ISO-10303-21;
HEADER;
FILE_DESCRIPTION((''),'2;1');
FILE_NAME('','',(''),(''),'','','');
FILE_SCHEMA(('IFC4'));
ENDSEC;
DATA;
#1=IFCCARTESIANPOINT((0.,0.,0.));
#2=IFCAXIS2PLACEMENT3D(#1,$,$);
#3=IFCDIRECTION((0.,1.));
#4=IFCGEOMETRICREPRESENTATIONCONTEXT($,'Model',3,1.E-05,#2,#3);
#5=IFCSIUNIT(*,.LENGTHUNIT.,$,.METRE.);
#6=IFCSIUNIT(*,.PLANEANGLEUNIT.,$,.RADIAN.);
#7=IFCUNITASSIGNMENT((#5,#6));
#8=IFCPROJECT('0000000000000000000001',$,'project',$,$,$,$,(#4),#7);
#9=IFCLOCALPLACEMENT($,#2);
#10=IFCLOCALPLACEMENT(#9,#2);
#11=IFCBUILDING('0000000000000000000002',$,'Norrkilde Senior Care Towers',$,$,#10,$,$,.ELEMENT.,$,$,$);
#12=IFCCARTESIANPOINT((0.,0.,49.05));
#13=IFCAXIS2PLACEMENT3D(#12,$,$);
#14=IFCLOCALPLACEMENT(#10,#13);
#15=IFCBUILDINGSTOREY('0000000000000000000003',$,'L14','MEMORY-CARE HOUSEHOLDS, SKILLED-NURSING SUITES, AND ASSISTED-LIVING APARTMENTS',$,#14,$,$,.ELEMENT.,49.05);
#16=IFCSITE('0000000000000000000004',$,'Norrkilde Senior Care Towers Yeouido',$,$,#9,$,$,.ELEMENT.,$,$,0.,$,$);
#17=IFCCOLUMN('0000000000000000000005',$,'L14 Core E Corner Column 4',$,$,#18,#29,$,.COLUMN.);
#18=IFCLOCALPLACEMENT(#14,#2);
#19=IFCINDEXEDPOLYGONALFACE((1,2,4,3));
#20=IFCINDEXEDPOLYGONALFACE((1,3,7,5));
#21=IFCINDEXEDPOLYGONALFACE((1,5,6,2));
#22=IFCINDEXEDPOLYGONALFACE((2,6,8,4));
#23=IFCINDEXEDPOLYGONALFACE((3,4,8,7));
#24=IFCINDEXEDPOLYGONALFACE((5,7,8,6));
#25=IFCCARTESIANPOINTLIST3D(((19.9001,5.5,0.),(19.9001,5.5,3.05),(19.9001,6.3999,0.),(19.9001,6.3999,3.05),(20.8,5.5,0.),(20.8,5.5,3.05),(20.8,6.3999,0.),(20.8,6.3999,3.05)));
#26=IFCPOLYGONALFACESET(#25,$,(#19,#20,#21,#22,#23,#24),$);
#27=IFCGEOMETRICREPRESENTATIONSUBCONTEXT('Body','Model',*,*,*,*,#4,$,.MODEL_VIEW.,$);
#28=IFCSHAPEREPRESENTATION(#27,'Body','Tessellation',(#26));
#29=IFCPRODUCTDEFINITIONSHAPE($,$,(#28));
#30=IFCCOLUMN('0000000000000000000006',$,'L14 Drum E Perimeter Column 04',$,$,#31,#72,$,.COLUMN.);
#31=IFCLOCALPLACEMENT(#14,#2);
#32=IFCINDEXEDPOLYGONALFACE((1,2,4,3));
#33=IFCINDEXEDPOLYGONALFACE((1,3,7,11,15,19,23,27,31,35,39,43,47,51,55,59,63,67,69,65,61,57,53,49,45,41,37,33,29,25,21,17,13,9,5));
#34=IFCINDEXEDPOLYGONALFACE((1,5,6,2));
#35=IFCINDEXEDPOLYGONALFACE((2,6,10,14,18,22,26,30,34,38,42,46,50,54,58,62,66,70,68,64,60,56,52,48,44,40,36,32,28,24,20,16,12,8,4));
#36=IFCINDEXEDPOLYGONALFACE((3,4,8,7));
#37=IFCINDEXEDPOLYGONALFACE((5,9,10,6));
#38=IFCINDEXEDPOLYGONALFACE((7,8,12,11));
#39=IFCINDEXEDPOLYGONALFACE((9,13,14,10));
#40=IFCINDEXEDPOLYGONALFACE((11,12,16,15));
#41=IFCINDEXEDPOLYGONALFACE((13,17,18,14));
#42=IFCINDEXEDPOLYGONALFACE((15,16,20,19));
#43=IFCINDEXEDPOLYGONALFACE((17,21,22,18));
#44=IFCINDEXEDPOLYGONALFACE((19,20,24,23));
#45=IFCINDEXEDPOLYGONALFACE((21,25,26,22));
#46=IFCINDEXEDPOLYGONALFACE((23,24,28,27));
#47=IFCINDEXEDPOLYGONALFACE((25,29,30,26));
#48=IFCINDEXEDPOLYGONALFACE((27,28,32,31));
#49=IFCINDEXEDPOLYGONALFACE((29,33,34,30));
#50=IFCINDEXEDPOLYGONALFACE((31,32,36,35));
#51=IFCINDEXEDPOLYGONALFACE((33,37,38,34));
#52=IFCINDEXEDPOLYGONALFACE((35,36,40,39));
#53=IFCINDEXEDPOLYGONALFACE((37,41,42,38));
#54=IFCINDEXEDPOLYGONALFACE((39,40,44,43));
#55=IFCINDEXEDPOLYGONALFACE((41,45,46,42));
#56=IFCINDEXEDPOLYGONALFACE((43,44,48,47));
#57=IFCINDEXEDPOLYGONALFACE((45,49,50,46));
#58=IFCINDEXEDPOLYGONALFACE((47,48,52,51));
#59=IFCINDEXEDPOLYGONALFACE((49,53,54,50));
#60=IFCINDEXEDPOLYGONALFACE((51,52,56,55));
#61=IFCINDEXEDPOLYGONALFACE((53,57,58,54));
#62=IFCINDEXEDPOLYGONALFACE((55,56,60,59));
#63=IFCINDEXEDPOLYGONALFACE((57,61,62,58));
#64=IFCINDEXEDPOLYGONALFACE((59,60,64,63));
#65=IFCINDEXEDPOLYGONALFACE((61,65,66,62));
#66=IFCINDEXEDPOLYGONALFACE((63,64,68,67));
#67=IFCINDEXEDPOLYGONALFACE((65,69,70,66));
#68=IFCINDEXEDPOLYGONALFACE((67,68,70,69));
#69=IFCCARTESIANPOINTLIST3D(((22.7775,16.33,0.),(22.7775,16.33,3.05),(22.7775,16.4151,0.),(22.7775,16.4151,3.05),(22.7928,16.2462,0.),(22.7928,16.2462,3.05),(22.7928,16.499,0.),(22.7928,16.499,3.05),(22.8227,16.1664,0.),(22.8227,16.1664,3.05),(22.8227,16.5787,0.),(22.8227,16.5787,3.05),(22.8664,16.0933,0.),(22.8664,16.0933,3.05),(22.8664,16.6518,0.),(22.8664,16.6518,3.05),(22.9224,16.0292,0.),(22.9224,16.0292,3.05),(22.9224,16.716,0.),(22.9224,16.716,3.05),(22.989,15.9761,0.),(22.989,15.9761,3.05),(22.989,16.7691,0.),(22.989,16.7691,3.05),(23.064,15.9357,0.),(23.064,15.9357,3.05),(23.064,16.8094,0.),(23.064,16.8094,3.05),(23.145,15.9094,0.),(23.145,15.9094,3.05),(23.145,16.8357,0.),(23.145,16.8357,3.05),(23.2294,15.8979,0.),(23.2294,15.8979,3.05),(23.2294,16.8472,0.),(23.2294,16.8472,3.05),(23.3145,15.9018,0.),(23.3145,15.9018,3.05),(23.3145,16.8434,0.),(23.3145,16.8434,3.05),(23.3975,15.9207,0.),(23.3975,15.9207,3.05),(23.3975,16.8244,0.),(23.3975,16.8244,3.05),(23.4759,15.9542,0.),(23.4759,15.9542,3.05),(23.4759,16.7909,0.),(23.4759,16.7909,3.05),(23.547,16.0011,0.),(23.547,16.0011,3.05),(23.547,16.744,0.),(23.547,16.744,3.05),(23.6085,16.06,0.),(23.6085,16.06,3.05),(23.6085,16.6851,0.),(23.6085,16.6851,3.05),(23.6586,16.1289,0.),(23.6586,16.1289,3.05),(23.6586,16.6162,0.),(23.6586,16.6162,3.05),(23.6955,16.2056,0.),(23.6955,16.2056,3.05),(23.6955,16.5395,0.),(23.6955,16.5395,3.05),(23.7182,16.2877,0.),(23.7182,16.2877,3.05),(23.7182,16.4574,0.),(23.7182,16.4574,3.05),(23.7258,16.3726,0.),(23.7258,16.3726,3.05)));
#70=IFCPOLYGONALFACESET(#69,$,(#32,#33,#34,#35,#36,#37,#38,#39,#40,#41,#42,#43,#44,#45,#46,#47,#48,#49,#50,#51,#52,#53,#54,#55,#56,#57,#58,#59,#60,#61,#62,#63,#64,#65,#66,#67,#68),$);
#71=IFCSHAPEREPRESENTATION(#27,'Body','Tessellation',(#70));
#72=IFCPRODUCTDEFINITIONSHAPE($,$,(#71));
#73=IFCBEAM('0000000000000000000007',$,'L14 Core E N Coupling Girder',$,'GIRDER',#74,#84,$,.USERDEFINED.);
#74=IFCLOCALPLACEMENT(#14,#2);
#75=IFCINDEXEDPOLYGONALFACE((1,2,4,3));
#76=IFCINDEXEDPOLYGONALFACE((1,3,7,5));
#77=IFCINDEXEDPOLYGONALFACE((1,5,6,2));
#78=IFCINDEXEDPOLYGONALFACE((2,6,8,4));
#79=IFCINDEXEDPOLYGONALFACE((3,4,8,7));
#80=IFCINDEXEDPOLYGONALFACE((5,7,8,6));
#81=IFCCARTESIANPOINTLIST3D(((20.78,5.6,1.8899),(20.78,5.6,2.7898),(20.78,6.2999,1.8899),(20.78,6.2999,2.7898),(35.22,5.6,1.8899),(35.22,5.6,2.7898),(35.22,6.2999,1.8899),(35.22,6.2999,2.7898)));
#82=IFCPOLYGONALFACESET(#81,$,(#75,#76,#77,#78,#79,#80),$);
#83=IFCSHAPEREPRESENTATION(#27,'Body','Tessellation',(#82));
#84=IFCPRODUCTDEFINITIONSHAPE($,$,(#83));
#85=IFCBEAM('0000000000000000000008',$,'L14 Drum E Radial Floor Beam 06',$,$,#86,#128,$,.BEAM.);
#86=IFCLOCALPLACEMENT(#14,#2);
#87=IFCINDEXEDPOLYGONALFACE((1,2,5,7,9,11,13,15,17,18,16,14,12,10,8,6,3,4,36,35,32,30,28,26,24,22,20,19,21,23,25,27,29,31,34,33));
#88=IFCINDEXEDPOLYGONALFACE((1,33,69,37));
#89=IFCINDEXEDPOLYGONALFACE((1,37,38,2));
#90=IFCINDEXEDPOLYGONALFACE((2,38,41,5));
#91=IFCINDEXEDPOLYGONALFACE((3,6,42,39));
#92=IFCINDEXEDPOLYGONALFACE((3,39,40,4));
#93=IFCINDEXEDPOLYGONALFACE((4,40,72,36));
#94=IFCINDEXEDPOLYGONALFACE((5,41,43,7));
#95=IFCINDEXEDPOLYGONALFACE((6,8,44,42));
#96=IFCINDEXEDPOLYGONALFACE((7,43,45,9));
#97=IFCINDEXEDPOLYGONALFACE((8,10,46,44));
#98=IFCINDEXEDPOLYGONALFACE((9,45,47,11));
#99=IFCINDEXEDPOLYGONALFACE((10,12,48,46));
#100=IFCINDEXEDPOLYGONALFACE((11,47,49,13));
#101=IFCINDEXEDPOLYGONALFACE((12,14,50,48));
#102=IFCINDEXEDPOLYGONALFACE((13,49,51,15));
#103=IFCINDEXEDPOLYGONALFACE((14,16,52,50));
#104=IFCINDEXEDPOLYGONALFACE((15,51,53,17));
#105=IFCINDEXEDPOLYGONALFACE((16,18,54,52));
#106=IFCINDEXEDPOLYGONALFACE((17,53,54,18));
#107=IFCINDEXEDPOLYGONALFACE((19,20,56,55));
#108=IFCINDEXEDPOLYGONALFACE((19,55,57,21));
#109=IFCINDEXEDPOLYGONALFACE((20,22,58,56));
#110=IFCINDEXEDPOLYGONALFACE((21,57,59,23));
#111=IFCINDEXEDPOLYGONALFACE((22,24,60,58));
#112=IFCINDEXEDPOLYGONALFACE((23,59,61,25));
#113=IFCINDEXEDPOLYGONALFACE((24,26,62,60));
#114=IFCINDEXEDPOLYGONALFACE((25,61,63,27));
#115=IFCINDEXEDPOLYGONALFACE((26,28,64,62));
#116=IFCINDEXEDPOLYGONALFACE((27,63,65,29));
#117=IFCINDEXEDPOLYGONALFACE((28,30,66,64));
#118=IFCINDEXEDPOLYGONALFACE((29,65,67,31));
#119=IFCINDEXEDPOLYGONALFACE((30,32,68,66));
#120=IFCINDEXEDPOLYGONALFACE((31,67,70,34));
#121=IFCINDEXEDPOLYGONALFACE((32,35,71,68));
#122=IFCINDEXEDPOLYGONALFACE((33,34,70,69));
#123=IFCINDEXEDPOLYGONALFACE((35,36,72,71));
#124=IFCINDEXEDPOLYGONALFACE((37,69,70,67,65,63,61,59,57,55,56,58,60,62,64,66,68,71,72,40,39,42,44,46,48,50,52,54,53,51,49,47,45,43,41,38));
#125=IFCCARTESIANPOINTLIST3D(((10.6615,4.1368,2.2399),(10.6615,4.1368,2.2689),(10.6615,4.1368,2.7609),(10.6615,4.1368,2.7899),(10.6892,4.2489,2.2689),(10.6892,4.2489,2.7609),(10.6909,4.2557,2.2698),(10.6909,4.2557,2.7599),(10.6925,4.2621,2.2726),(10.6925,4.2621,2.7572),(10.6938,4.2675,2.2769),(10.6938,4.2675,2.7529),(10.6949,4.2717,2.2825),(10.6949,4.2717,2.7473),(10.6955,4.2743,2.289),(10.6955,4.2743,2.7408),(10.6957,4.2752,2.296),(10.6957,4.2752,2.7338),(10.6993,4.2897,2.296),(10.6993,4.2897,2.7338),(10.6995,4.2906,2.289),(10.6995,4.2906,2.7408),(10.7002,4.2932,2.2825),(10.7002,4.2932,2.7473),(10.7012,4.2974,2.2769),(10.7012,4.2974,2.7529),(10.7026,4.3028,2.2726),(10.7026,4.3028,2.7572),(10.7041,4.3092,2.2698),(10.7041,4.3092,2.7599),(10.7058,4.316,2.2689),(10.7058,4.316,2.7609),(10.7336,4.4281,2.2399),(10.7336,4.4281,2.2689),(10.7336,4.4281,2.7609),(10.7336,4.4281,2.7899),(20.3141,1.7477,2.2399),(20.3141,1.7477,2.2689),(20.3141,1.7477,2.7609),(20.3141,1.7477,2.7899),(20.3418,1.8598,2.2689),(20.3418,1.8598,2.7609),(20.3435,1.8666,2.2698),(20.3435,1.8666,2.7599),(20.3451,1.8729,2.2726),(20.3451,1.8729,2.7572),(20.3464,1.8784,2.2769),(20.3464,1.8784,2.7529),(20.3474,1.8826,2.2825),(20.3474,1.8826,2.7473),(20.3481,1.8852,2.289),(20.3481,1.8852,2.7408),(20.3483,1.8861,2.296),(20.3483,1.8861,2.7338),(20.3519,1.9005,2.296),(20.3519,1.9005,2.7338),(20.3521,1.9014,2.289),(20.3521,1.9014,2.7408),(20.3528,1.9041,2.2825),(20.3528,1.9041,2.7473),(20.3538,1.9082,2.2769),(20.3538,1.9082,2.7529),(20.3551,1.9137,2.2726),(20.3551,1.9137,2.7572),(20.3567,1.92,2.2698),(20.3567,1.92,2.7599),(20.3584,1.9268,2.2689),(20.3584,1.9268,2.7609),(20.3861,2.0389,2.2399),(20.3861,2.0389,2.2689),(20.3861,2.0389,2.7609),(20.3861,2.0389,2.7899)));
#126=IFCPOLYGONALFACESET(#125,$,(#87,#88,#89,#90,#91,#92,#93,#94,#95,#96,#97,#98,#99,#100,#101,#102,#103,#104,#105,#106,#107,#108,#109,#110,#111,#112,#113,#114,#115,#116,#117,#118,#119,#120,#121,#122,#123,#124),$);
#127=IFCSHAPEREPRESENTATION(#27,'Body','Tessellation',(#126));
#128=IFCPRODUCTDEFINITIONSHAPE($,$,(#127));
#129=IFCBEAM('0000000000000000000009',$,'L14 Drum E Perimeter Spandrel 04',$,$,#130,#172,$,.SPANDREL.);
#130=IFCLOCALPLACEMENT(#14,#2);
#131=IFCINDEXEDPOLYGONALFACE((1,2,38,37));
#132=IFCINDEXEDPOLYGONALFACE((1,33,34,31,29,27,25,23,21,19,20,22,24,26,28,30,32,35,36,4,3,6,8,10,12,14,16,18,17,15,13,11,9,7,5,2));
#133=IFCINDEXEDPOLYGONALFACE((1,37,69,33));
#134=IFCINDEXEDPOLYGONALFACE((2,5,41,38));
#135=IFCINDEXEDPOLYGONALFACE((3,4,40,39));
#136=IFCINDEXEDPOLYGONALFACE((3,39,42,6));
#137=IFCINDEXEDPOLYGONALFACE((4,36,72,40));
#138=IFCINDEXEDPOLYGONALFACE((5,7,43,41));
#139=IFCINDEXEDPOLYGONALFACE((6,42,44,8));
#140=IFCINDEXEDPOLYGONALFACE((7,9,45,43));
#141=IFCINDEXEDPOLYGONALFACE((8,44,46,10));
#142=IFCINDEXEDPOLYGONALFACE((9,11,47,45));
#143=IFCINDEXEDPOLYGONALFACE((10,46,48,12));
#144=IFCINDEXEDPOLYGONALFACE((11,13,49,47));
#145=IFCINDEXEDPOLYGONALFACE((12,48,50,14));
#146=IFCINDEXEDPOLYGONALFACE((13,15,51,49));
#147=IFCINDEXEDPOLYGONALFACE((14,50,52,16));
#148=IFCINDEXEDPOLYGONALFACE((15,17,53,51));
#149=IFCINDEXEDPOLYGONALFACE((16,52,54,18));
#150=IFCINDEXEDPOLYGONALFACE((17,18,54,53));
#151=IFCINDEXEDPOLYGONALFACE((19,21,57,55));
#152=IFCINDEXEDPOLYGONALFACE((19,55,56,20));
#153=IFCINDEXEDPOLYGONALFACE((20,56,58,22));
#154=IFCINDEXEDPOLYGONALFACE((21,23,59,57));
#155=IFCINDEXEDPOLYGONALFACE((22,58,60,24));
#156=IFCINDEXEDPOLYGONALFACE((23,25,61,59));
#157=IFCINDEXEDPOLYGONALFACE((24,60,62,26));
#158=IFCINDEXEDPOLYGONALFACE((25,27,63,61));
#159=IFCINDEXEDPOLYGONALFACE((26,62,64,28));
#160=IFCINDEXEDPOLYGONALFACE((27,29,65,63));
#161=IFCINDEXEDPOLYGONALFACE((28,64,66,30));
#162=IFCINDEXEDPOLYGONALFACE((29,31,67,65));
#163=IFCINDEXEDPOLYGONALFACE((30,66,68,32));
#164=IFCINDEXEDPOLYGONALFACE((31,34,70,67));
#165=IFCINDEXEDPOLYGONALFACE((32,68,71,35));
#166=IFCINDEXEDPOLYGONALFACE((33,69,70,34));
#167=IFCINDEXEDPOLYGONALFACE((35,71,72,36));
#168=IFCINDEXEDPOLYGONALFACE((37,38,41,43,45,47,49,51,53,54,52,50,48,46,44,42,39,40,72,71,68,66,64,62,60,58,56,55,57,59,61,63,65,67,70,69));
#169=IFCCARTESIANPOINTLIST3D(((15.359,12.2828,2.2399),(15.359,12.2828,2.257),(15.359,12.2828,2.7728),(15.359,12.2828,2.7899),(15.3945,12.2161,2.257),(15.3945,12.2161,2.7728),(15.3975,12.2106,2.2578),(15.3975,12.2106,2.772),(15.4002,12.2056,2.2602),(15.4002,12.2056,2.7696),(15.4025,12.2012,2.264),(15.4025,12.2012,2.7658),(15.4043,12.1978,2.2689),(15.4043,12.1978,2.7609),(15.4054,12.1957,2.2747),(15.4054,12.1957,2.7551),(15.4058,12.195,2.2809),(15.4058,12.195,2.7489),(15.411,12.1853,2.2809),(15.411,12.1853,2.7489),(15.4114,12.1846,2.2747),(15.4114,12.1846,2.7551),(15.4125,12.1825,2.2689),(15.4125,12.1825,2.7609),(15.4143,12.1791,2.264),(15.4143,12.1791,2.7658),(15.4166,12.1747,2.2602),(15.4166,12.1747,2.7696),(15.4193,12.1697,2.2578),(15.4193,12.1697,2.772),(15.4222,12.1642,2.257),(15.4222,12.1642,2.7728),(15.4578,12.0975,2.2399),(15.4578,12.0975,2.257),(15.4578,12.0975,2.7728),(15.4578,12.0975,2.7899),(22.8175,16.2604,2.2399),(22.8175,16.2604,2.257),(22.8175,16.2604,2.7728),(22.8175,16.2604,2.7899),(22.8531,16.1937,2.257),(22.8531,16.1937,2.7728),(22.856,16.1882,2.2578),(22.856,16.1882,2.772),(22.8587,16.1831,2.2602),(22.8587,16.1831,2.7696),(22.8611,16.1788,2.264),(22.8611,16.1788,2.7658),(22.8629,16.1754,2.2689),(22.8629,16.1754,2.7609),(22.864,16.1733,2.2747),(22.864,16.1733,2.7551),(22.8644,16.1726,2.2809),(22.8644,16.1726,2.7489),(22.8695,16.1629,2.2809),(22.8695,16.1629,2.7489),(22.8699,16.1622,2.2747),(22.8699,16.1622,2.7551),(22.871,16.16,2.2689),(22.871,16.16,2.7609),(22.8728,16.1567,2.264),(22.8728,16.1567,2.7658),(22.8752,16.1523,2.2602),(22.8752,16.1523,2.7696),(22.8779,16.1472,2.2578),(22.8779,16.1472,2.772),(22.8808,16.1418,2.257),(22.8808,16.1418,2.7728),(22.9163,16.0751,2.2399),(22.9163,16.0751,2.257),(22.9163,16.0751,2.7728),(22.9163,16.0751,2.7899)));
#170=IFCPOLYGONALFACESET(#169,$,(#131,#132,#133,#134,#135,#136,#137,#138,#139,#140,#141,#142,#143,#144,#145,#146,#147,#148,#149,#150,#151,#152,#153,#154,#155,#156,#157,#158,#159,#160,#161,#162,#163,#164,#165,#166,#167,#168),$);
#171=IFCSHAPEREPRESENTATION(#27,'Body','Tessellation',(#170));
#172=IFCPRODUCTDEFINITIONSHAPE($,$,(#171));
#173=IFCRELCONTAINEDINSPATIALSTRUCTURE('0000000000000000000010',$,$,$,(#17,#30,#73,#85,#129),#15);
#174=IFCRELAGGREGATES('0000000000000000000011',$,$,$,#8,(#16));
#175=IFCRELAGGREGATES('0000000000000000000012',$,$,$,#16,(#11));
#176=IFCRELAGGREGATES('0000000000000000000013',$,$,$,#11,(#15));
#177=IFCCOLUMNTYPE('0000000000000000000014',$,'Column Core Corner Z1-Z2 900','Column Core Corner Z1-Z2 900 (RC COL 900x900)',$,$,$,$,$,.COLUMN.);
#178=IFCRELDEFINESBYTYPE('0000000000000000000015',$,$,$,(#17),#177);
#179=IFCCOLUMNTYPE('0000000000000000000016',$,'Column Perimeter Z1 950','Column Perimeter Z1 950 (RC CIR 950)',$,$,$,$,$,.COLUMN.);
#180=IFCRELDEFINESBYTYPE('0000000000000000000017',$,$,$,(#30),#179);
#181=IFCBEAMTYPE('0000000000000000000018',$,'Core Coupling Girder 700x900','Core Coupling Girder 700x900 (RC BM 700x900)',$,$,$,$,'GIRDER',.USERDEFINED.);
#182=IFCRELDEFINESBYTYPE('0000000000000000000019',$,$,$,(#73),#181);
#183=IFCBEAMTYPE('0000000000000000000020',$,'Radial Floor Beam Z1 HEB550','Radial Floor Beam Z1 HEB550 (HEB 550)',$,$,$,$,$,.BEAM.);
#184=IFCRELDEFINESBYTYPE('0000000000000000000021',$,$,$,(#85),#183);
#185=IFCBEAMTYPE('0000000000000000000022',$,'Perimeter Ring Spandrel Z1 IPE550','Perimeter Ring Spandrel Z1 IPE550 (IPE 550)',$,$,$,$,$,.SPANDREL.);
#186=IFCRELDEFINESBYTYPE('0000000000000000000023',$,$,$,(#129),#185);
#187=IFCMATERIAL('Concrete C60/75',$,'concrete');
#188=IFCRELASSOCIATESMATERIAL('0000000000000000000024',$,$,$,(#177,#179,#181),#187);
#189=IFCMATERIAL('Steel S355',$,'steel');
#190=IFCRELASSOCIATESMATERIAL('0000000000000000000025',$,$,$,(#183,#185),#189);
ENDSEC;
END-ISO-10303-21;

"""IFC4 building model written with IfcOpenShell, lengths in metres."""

from ifc_helpers import new_model, si_unit, direction, frame, origin, origin_2d, place, context, subcontext, project, spatial, rectangle, circle, i_section, extrude, source, transform, mapped, material, material_profile, profile_set, type_object, type_shapes, element, save


model = new_model("IFC4")

# Units and contexts
model_context = context("Model", 3, precision=1e-05, world=origin(), true_north=direction((0.0, 1.0)))
body_context = subcontext(model_context, "Body", "Model", "MODEL_VIEW")
ifc_project = project(units=[si_unit("LENGTHUNIT", "METRE"), si_unit("PLANEANGLEUNIT", "RADIAN")], contexts=[model_context])

# Site, building, storey
site_placement = place(None, origin())
site = spatial("IfcSite", under=ifc_project, at=site_placement, Name="Norrkilde Senior Care Towers Yeouido", CompositionType="ELEMENT", RefElevation=0.0)
building_placement = place(site_placement, origin())
building = spatial("IfcBuilding", under=site, at=building_placement, Name="Norrkilde Senior Care Towers", CompositionType="ELEMENT")
storey_placement = place(building_placement, frame((0.0, 0.0, 49.05)))
storey = spatial("IfcBuildingStorey", under=building, at=storey_placement, Name="L14", Description="MEMORY-CARE HOUSEHOLDS, SKILLED-NURSING SUITES, AND ASSISTED-LIVING APARTMENTS", CompositionType="ELEMENT", Elevation=49.05)

# Columns
ifc_material_1 = material(Name="Concrete C60/75", Category="concrete")
ifc_material_profile_1 = material_profile(ifc_material_1, rectangle(XDim=0.8999, YDim=0.8999, at=origin_2d()), Name="RC COL 900x900")
ifc_profile_set_1 = profile_set([ifc_material_profile_1], Name="Concrete C60/75")
column_type_1 = type_object("IfcColumnType", Name="Column Core Corner Z1-Z2 900", Description="Column Core Corner Z1-Z2 900 (RC COL 900x900)", PredefinedType="COLUMN", material=ifc_profile_set_1)
shared_shape_1 = source(origin(), body_context, "Body", "SweptSolid", [
    extrude(rectangle(XDim=0.8999, YDim=0.8999, at=origin_2d()), origin(), (0.0, 0.0, 1.0), 3.05),
])
type_shapes(column_type_1, [shared_shape_1])
column_1_placement = place(storey_placement, frame((20.3501, 5.95, 0.0), z_axis=(0.0, 0.0, 1.0), x_axis=(1.0, 0.0, 0.0)))
element("IfcColumn", 1, at=column_1_placement, inside=storey, type_object=column_type_1, Name="L14 Core E Corner Column 4", PredefinedType="COLUMN", context=body_context, shape_type="MappedRepresentation", body=[
    mapped(shared_shape_1, transform((0.0, 0.0, 0.0), x_axis=(1.0, 0.0, 0.0), y_axis=(0.0, 1.0, 0.0), z_axis=(0.0, 0.0, 1.0), scale=1.0)),
])
ifc_material_profile_2 = material_profile(ifc_material_1, circle(Radius=0.4751, at=origin_2d()), Name="RC CIR 950")
ifc_profile_set_2 = profile_set([ifc_material_profile_2], Name="Concrete C60/75")
column_type_2 = type_object("IfcColumnType", Name="Column Perimeter Z1 950", Description="Column Perimeter Z1 950 (RC CIR 950)", PredefinedType="COLUMN", material=ifc_profile_set_2)
shared_shape_2 = source(origin(), body_context, "Body", "SweptSolid", [
    extrude(circle(Radius=0.4751, at=origin_2d()), origin(), (0.0, 0.0, 1.0), 3.05),
])
type_shapes(column_type_2, [shared_shape_2])
column_2_placement = place(storey_placement, frame((23.2507, 16.3726, 0.0), z_axis=(0.0, 0.0, 1.0), x_axis=(1.0, 0.0, 0.0)))
element("IfcColumn", 2, at=column_2_placement, inside=storey, type_object=column_type_2, Name="L14 Drum E Perimeter Column 04", PredefinedType="COLUMN", context=body_context, shape_type="MappedRepresentation", body=[
    mapped(shared_shape_2, transform((0.0, 0.0, 0.0), x_axis=(1.0, 0.0, 0.0), y_axis=(0.0, 1.0, 0.0), z_axis=(0.0, 0.0, 1.0), scale=1.0)),
])

# Beams
ifc_material_profile_3 = material_profile(ifc_material_1, rectangle(XDim=0.7, YDim=0.8999, at=origin_2d()), Name="RC BM 700x900")
ifc_profile_set_3 = profile_set([ifc_material_profile_3], Name="Concrete C60/75")
beam_type_1 = type_object("IfcBeamType", Name="Core Coupling Girder 700x900", Description="Core Coupling Girder 700x900 (RC BM 700x900)", ElementType="GIRDER", PredefinedType="USERDEFINED", material=ifc_profile_set_3)
shared_shape_3 = source(origin(), body_context, "Body", "SweptSolid", [
    extrude(rectangle(XDim=0.7, YDim=0.8999, at=origin_2d()), origin(), (0.0, 0.0, 1.0), 14.4399),
])
type_shapes(beam_type_1, [shared_shape_3])
beam_1_placement = place(storey_placement, frame((20.78, 5.95, 2.3398), z_axis=(1.0, 0.0, 0.0), x_axis=(0.0, 1.0, 0.0)))
element("IfcBeam", 3, at=beam_1_placement, inside=storey, type_object=beam_type_1, Name="L14 Core E N Coupling Girder", ObjectType="GIRDER", PredefinedType="USERDEFINED", context=body_context, shape_type="MappedRepresentation", body=[
    mapped(shared_shape_3, transform((0.0, 0.0, 0.0), x_axis=(1.0, 0.0, 0.0), y_axis=(0.0, 1.0, 0.0), z_axis=(0.0, 0.0, 1.0), scale=1.0)),
])
ifc_material_2 = material(Name="Steel S355", Category="steel")
ifc_material_profile_4 = material_profile(ifc_material_2, i_section(OverallWidth=0.3, OverallDepth=0.55, WebThickness=0.0149, FlangeThickness=0.0291, FilletRadius=0.0271, at=origin_2d()), Name="HEB 550")
ifc_profile_set_4 = profile_set([ifc_material_profile_4], Name="Steel S355")
beam_type_2 = type_object("IfcBeamType", Name="Radial Floor Beam Z1 HEB550", Description="Radial Floor Beam Z1 HEB550 (HEB 550)", PredefinedType="BEAM", material=ifc_profile_set_4)
shared_shape_4 = source(origin(), body_context, "Body", "SweptSolid", [
    extrude(i_section(OverallWidth=0.3, OverallDepth=0.55, WebThickness=0.0149, FlangeThickness=0.0291, FilletRadius=0.0271, at=origin_2d()), origin(), (0.0, 0.0, 1.0), 9.9438),
])
beam_2_placement = place(storey_placement, frame((20.3501, 1.8933, 2.5149), z_axis=(-0.970707, 0.240265, 0.0), x_axis=(-0.240265, -0.970707, 0.0)))
element("IfcBeam", 4, at=beam_2_placement, inside=storey, type_object=beam_type_2, Name="L14 Drum E Radial Floor Beam 06", PredefinedType="BEAM", context=body_context, shape_type="MappedRepresentation", body=[
    mapped(shared_shape_4, transform((0.0, 0.0, 0.0), x_axis=(1.0, 0.0, 0.0), y_axis=(0.0, 1.0, 0.0), z_axis=(0.0, 0.0, 1.0), scale=1.0)),
])
ifc_material_profile_5 = material_profile(ifc_material_2, i_section(OverallWidth=0.21, OverallDepth=0.55, WebThickness=0.011, FlangeThickness=0.0171, FilletRadius=0.0239, at=origin_2d()), Name="IPE 550")
ifc_profile_set_5 = profile_set([ifc_material_profile_5], Name="Steel S355")
beam_type_3 = type_object("IfcBeamType", Name="Perimeter Ring Spandrel Z1 IPE550", Description="Perimeter Ring Spandrel Z1 IPE550 (IPE 550)", PredefinedType="SPANDREL", material=ifc_profile_set_5)
shared_shape_5 = source(origin(), body_context, "Body", "SweptSolid", [
    extrude(i_section(OverallWidth=0.21, OverallDepth=0.55, WebThickness=0.011, FlangeThickness=0.0171, FilletRadius=0.0239, at=origin_2d()), origin(), (0.0, 0.0, 1.0), 8.4529),
])
type_shapes(beam_type_3, [shared_shape_5])
beam_3_placement = place(storey_placement, frame((22.8669, 16.1677, 2.5149), z_axis=(-0.882369, -0.470558, 0.0), x_axis=(0.470558, -0.882369, 0.0)))
element("IfcBeam", 5, at=beam_3_placement, inside=storey, type_object=beam_type_3, Name="L14 Drum E Perimeter Spandrel 04", PredefinedType="SPANDREL", context=body_context, shape_type="MappedRepresentation", body=[
    mapped(shared_shape_5, transform((0.0, 0.0, 0.0), x_axis=(1.0, 0.0, 0.0), y_axis=(0.0, 1.0, 0.0), z_axis=(0.0, 0.0, 1.0), scale=1.0)),
])

save(model, "model.ifc")
